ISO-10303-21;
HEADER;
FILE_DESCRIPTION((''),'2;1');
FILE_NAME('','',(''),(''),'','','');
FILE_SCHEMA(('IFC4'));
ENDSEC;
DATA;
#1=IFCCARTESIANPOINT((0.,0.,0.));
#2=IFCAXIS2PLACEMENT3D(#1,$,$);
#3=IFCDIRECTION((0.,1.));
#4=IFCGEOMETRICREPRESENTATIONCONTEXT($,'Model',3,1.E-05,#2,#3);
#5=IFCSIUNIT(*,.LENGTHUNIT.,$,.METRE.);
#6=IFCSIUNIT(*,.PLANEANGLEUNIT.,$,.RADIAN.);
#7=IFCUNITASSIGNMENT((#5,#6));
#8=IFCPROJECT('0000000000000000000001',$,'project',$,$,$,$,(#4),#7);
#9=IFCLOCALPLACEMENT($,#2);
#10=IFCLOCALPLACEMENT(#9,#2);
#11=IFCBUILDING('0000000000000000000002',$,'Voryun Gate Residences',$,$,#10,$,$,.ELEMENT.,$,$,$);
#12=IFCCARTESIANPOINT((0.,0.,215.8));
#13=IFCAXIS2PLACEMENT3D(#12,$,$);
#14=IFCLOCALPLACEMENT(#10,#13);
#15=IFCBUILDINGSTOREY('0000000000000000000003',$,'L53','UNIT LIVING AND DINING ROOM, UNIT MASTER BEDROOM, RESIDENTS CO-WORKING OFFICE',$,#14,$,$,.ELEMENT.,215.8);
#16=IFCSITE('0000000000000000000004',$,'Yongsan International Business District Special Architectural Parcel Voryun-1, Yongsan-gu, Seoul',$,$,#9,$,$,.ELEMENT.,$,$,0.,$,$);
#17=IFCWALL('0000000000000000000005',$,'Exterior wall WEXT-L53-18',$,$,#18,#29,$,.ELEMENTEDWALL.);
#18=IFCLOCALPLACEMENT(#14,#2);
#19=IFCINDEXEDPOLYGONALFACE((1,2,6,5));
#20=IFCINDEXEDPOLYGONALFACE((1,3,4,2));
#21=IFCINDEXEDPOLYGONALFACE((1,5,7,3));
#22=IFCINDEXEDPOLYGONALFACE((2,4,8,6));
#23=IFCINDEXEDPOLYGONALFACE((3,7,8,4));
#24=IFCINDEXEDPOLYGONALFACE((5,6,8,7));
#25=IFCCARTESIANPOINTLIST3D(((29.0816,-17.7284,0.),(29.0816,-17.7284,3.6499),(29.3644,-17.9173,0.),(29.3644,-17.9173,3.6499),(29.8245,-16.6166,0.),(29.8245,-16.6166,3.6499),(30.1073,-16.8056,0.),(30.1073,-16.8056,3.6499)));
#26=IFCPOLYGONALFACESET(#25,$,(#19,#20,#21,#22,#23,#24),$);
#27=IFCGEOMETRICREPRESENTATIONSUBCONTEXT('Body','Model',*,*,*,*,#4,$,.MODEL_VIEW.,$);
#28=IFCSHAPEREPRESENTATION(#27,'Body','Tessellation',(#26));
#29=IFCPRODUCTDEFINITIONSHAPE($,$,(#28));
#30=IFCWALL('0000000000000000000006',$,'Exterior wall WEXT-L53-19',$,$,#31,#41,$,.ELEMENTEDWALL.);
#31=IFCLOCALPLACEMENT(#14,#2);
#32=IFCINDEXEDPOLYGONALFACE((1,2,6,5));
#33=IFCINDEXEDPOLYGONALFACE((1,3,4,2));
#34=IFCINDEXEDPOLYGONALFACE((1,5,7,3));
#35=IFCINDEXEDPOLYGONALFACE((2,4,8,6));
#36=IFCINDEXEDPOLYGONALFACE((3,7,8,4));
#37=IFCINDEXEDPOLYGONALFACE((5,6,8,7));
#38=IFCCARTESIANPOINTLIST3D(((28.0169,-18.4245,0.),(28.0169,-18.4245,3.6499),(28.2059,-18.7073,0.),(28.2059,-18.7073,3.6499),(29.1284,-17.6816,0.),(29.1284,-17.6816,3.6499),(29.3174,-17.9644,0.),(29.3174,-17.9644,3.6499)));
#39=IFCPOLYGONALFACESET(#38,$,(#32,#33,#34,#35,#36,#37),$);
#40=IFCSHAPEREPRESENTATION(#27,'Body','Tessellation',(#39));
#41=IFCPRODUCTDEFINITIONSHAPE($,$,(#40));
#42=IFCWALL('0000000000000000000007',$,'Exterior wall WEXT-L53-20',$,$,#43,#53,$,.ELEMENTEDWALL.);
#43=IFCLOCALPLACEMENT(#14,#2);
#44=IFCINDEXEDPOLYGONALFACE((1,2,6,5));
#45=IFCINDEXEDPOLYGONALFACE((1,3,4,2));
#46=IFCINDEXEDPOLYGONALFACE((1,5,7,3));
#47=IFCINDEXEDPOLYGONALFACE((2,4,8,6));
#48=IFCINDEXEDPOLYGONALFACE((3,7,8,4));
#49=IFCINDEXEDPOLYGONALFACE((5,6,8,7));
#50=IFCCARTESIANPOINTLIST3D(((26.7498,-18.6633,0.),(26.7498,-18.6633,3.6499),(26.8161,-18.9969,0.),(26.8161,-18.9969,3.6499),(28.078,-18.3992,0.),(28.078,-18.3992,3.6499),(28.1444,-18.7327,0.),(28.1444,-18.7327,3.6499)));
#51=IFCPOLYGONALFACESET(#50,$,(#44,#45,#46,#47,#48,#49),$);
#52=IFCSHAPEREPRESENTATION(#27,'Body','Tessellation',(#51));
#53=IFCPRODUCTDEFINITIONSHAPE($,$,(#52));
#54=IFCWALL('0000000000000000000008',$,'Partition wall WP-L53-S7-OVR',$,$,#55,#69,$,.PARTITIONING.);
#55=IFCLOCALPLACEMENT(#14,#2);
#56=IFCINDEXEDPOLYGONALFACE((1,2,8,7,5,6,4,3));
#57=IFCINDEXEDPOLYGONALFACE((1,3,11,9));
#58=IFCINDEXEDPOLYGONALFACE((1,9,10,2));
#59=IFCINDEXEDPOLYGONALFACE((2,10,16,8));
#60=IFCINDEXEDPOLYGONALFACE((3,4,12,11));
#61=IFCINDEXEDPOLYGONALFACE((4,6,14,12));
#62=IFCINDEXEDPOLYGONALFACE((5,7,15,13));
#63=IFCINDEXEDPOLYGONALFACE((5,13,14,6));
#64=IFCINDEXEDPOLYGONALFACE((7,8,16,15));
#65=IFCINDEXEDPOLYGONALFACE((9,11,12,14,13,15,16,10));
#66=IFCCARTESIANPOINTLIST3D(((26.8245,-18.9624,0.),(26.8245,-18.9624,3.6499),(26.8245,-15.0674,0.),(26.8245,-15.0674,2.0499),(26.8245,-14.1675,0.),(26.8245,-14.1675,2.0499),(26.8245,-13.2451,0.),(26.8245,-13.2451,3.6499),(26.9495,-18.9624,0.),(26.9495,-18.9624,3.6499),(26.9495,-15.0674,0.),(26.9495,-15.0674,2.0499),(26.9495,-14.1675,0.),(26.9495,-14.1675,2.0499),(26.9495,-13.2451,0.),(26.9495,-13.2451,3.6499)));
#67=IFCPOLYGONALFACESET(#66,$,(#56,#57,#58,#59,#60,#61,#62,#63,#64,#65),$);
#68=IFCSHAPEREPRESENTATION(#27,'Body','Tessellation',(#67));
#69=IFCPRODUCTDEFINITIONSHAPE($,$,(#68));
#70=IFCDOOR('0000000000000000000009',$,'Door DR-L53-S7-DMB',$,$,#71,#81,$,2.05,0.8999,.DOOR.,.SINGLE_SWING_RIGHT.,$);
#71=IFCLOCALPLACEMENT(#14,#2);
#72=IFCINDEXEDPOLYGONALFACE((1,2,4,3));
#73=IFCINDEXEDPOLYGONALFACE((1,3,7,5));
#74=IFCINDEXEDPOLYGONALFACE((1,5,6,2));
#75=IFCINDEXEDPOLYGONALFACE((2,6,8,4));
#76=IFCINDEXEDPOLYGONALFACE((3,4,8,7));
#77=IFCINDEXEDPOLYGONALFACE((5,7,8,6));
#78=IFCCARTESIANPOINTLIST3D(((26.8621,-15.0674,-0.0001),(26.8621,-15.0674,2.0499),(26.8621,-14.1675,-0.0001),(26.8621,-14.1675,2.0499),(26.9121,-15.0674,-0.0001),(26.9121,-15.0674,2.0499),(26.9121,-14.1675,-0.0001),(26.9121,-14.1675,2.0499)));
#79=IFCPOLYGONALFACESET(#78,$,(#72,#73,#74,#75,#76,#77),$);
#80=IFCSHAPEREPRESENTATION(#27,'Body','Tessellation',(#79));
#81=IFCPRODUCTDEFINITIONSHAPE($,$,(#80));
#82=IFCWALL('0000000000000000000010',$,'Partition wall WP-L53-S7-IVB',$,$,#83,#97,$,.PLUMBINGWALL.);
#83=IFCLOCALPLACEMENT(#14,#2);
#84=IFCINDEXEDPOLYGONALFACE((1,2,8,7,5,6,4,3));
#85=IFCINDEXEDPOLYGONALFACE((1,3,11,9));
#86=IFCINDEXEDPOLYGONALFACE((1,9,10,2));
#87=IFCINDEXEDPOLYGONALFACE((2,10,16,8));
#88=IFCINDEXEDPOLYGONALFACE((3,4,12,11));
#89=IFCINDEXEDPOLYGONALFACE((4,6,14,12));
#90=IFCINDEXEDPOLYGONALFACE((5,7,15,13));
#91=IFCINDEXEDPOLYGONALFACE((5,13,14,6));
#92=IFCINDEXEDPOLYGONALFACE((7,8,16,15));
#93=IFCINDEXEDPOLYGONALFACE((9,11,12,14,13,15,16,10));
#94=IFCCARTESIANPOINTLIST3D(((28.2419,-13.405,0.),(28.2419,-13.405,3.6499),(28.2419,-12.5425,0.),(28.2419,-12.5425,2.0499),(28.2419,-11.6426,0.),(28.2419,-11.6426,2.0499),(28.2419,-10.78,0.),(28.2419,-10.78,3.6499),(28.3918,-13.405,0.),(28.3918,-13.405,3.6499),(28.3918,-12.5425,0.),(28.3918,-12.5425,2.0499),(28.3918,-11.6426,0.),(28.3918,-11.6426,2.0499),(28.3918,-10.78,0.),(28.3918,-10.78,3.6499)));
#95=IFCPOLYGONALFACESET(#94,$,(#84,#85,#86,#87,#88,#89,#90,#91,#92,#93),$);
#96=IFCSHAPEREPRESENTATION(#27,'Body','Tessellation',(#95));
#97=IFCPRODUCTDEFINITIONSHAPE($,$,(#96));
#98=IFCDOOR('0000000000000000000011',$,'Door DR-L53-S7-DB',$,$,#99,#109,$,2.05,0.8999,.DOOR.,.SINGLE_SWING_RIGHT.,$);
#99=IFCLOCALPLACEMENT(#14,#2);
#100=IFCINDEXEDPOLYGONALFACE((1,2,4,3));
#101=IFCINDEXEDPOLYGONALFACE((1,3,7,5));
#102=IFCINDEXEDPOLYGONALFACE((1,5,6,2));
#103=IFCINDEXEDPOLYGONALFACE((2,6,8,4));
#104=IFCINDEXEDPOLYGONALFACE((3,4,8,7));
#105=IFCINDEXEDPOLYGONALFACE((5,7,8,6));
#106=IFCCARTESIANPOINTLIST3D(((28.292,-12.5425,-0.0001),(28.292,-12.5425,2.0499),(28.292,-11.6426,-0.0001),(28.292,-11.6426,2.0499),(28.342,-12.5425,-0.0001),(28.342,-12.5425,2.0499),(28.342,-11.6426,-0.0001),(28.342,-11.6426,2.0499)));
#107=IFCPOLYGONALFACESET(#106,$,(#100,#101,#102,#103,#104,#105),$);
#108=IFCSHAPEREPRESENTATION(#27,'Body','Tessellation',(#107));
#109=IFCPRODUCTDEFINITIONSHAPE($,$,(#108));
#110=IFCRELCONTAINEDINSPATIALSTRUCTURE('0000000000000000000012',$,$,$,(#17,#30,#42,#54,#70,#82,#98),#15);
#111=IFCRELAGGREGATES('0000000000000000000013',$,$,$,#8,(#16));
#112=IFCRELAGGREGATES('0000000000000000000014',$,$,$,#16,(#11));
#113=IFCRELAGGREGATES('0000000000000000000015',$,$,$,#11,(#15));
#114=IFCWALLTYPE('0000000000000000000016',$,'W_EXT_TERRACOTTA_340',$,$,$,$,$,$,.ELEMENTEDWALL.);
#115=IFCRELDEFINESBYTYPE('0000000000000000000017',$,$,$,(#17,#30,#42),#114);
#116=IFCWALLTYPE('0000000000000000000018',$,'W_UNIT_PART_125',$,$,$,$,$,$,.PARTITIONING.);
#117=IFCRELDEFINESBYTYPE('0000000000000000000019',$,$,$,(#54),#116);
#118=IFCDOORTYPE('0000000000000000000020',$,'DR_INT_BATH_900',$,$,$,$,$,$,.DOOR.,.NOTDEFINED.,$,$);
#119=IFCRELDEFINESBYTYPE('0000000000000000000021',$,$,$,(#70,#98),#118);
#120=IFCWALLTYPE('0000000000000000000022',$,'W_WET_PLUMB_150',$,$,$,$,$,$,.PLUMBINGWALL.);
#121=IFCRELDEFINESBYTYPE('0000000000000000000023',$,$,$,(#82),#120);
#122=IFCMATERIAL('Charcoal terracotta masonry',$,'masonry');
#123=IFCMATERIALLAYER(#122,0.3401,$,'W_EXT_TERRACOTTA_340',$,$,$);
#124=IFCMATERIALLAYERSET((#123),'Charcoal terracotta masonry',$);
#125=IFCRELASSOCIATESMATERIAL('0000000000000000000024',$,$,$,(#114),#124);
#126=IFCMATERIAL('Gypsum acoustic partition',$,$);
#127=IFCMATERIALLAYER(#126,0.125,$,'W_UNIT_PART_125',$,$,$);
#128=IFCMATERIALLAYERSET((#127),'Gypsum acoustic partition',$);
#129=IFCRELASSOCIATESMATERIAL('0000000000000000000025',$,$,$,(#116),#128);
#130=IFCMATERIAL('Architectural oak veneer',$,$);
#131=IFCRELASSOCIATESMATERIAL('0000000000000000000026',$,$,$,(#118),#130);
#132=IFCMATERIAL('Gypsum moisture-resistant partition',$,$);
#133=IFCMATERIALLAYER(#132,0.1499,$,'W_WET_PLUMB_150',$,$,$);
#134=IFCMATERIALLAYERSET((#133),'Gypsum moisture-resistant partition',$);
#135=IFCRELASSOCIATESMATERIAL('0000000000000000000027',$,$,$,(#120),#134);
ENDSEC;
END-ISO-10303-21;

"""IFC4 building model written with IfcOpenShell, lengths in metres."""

from ifc_helpers import new_model, si_unit, direction, frame, frame_2d, origin, place, context, subcontext, project, spatial, rectangle, extrude, material, layer, layer_set, type_object, element, fill, save


model = new_model("IFC4")

# Units and contexts
model_context = context("Model", 3, precision=1e-05, world=origin(), true_north=direction((0.0, 1.0)))
body_context = subcontext(model_context, "Body", "Model", "MODEL_VIEW")
ifc_project = project(units=[si_unit("LENGTHUNIT", "METRE"), si_unit("PLANEANGLEUNIT", "RADIAN")], contexts=[model_context])

# Site, building, storey
site_placement = place(None, origin())
site = spatial("IfcSite", under=ifc_project, at=site_placement, Name="Yongsan International Business District Special Architectural Parcel Voryun-1, Yongsan-gu, Seoul", CompositionType="ELEMENT", RefElevation=0.0)
building_placement = place(site_placement, origin())
building = spatial("IfcBuilding", under=site, at=building_placement, Name="Voryun Gate Residences", CompositionType="ELEMENT")
storey_placement = place(building_placement, frame((0.0, 0.0, 215.8)))
storey = spatial("IfcBuildingStorey", under=building, at=storey_placement, Name="L53", Description="UNIT LIVING AND DINING ROOM, UNIT MASTER BEDROOM, RESIDENTS CO-WORKING OFFICE", CompositionType="ELEMENT", Elevation=215.8)

# Walls
ifc_material_1 = material(Name="Charcoal terracotta masonry", Category="masonry")
ifc_layer_1 = layer(ifc_material_1, 0.3401, Name="W_EXT_TERRACOTTA_340")
ifc_layer_set_1 = layer_set([ifc_layer_1], Name="Charcoal terracotta masonry")
wall_type_1 = type_object("IfcWallType", Name="W_EXT_TERRACOTTA_340", PredefinedType="ELEMENTEDWALL", material=ifc_layer_set_1)
wall_1_placement = place(storey_placement, frame((29.9658, -16.7112, 0.0), z_axis=(0.0, 0.0, 1.0), x_axis=(-0.555585, -0.83146, 0.0)))
element("IfcWall", 1, at=wall_1_placement, inside=storey, type_object=wall_type_1, Name="Exterior wall WEXT-L53-18", PredefinedType="ELEMENTEDWALL", context=body_context, shape_type="SweptSolid", body=[
    extrude(rectangle(XDim=1.3372, YDim=0.3401, at=frame_2d((0.6685, 0.0))), origin(), (0.0, 0.0, 1.0), 3.6499),
])
wall_2_placement = place(storey_placement, frame((29.2229, -17.823, 0.0), z_axis=(0.0, 0.0, 1.0), x_axis=(-0.831404, -0.555669, 0.0)))
element("IfcWall", 2, at=wall_2_placement, inside=storey, type_object=wall_type_1, Name="Exterior wall WEXT-L53-19", PredefinedType="ELEMENTEDWALL", context=body_context, shape_type="SweptSolid", body=[
    extrude(rectangle(XDim=1.3369, YDim=0.3401, at=frame_2d((0.6685, 0.0))), origin(), (0.0, 0.0, 1.0), 3.6499),
])
wall_3_placement = place(storey_placement, frame((28.1113, -18.5659, 0.0), z_axis=(0.0, 0.0, 1.0), x_axis=(-0.980788, -0.195076, 0.0)))
element("IfcWall", 3, at=wall_3_placement, inside=storey, type_object=wall_type_1, Name="Exterior wall WEXT-L53-20", PredefinedType="ELEMENTEDWALL", context=body_context, shape_type="SweptSolid", body=[
    extrude(rectangle(XDim=1.3542, YDim=0.3401, at=frame_2d((0.6772, 0.0))), origin(), (0.0, 0.0, 1.0), 3.6499),
])

# Walls, openings, doors
ifc_material_2 = material(Name="Gypsum acoustic partition")
ifc_layer_2 = layer(ifc_material_2, 0.125, Name="W_UNIT_PART_125")
ifc_layer_set_2 = layer_set([ifc_layer_2], Name="Gypsum acoustic partition")
wall_type_2 = type_object("IfcWallType", Name="W_UNIT_PART_125", PredefinedType="PARTITIONING", material=ifc_layer_set_2)
wall_4_placement = place(storey_placement, frame((26.887, -18.9624, 0.0), z_axis=(0.0, 0.0, 1.0), x_axis=(0.0, 1.0, 0.0)))
wall_4 = element("IfcWall", 4, at=wall_4_placement, inside=storey, type_object=wall_type_2, Name="Partition wall WP-L53-S7-OVR", PredefinedType="PARTITIONING", context=body_context, shape_type="SweptSolid", body=[
    extrude(rectangle(XDim=5.7173, YDim=0.125, at=frame_2d((2.8586, 0.0))), origin(), (0.0, 0.0, 1.0), 3.6499),
])
opening_1_placement = place(wall_4_placement, frame((3.895, 0.0, 0.0)))
opening_1 = element("IfcOpeningElement", 5, at=opening_1_placement, cuts=wall_4, PredefinedType="OPENING", context=body_context, shape_type="SweptSolid", body=[
    extrude(rectangle(XDim=0.8999, YDim=2.05, at=frame_2d((0.45, 1.0249))), frame((0.0, 0.0725, 0.0), z_axis=(0.0, -1.0, 0.0), x_axis=(1.0, 0.0, 0.0)), (0.0, 0.0, 1.0), 0.145),
])
ifc_material_3 = material(Name="Architectural oak veneer")
door_type = type_object("IfcDoorType", Name="DR_INT_BATH_900", OperationType="NOTDEFINED", PredefinedType="DOOR", material=ifc_material_3)
door_1_placement = place(opening_1_placement, origin())
door_1 = element("IfcDoor", 6, at=door_1_placement, inside=storey, type_object=door_type, Name="Door DR-L53-S7-DMB", OperationType="SINGLE_SWING_RIGHT", OverallHeight=2.05, OverallWidth=0.8999, PredefinedType="DOOR", context=body_context, shape_type="SweptSolid", body=[
    extrude(rectangle(XDim=0.8999, YDim=2.05, at=frame_2d((0.45, 1.0249))), frame((0.0, 0.0249, 0.0), z_axis=(0.0, -1.0, 0.0), x_axis=(1.0, 0.0, 0.0)), (0.0, 0.0, 1.0), 0.05),
])
fill(opening_1, door_1)
ifc_material_4 = material(Name="Gypsum moisture-resistant partition")
ifc_layer_3 = layer(ifc_material_4, 0.1499, Name="W_WET_PLUMB_150")
ifc_layer_set_3 = layer_set([ifc_layer_3], Name="Gypsum moisture-resistant partition")
wall_type_3 = type_object("IfcWallType", Name="W_WET_PLUMB_150", PredefinedType="PLUMBINGWALL", material=ifc_layer_set_3)
wall_5_placement = place(storey_placement, frame((28.3169, -13.405, 0.0), z_axis=(0.0, 0.0, 1.0), x_axis=(0.0, 1.0, 0.0)))
wall_5 = element("IfcWall", 7, at=wall_5_placement, inside=storey, type_object=wall_type_3, Name="Partition wall WP-L53-S7-IVB", PredefinedType="PLUMBINGWALL", context=body_context, shape_type="SweptSolid", body=[
    extrude(rectangle(XDim=2.625, YDim=0.1499, at=frame_2d((1.3125, 0.0))), origin(), (0.0, 0.0, 1.0), 3.6499),
])
opening_2_placement = place(wall_5_placement, frame((0.8625, 0.0, 0.0)))
opening_2 = element("IfcOpeningElement", 8, at=opening_2_placement, cuts=wall_5, PredefinedType="OPENING", context=body_context, shape_type="SweptSolid", body=[
    extrude(rectangle(XDim=0.8999, YDim=2.05, at=frame_2d((0.45, 1.0249))), frame((0.0, 0.085, 0.0), z_axis=(0.0, -1.0, 0.0), x_axis=(1.0, 0.0, 0.0)), (0.0, 0.0, 1.0), 0.1699),
])
door_2_placement = place(opening_2_placement, origin())
door_2 = element("IfcDoor", 9, at=door_2_placement, inside=storey, type_object=door_type, Name="Door DR-L53-S7-DB", OperationType="SINGLE_SWING_RIGHT", OverallHeight=2.05, OverallWidth=0.8999, PredefinedType="DOOR", context=body_context, shape_type="SweptSolid", body=[
    extrude(rectangle(XDim=0.8999, YDim=2.05, at=frame_2d((0.45, 1.0249))), frame((0.0, 0.0249, 0.0), z_axis=(0.0, -1.0, 0.0), x_axis=(1.0, 0.0, 0.0)), (0.0, 0.0, 1.0), 0.05),
])
fill(opening_2, door_2)

save(model, "model.ifc")
